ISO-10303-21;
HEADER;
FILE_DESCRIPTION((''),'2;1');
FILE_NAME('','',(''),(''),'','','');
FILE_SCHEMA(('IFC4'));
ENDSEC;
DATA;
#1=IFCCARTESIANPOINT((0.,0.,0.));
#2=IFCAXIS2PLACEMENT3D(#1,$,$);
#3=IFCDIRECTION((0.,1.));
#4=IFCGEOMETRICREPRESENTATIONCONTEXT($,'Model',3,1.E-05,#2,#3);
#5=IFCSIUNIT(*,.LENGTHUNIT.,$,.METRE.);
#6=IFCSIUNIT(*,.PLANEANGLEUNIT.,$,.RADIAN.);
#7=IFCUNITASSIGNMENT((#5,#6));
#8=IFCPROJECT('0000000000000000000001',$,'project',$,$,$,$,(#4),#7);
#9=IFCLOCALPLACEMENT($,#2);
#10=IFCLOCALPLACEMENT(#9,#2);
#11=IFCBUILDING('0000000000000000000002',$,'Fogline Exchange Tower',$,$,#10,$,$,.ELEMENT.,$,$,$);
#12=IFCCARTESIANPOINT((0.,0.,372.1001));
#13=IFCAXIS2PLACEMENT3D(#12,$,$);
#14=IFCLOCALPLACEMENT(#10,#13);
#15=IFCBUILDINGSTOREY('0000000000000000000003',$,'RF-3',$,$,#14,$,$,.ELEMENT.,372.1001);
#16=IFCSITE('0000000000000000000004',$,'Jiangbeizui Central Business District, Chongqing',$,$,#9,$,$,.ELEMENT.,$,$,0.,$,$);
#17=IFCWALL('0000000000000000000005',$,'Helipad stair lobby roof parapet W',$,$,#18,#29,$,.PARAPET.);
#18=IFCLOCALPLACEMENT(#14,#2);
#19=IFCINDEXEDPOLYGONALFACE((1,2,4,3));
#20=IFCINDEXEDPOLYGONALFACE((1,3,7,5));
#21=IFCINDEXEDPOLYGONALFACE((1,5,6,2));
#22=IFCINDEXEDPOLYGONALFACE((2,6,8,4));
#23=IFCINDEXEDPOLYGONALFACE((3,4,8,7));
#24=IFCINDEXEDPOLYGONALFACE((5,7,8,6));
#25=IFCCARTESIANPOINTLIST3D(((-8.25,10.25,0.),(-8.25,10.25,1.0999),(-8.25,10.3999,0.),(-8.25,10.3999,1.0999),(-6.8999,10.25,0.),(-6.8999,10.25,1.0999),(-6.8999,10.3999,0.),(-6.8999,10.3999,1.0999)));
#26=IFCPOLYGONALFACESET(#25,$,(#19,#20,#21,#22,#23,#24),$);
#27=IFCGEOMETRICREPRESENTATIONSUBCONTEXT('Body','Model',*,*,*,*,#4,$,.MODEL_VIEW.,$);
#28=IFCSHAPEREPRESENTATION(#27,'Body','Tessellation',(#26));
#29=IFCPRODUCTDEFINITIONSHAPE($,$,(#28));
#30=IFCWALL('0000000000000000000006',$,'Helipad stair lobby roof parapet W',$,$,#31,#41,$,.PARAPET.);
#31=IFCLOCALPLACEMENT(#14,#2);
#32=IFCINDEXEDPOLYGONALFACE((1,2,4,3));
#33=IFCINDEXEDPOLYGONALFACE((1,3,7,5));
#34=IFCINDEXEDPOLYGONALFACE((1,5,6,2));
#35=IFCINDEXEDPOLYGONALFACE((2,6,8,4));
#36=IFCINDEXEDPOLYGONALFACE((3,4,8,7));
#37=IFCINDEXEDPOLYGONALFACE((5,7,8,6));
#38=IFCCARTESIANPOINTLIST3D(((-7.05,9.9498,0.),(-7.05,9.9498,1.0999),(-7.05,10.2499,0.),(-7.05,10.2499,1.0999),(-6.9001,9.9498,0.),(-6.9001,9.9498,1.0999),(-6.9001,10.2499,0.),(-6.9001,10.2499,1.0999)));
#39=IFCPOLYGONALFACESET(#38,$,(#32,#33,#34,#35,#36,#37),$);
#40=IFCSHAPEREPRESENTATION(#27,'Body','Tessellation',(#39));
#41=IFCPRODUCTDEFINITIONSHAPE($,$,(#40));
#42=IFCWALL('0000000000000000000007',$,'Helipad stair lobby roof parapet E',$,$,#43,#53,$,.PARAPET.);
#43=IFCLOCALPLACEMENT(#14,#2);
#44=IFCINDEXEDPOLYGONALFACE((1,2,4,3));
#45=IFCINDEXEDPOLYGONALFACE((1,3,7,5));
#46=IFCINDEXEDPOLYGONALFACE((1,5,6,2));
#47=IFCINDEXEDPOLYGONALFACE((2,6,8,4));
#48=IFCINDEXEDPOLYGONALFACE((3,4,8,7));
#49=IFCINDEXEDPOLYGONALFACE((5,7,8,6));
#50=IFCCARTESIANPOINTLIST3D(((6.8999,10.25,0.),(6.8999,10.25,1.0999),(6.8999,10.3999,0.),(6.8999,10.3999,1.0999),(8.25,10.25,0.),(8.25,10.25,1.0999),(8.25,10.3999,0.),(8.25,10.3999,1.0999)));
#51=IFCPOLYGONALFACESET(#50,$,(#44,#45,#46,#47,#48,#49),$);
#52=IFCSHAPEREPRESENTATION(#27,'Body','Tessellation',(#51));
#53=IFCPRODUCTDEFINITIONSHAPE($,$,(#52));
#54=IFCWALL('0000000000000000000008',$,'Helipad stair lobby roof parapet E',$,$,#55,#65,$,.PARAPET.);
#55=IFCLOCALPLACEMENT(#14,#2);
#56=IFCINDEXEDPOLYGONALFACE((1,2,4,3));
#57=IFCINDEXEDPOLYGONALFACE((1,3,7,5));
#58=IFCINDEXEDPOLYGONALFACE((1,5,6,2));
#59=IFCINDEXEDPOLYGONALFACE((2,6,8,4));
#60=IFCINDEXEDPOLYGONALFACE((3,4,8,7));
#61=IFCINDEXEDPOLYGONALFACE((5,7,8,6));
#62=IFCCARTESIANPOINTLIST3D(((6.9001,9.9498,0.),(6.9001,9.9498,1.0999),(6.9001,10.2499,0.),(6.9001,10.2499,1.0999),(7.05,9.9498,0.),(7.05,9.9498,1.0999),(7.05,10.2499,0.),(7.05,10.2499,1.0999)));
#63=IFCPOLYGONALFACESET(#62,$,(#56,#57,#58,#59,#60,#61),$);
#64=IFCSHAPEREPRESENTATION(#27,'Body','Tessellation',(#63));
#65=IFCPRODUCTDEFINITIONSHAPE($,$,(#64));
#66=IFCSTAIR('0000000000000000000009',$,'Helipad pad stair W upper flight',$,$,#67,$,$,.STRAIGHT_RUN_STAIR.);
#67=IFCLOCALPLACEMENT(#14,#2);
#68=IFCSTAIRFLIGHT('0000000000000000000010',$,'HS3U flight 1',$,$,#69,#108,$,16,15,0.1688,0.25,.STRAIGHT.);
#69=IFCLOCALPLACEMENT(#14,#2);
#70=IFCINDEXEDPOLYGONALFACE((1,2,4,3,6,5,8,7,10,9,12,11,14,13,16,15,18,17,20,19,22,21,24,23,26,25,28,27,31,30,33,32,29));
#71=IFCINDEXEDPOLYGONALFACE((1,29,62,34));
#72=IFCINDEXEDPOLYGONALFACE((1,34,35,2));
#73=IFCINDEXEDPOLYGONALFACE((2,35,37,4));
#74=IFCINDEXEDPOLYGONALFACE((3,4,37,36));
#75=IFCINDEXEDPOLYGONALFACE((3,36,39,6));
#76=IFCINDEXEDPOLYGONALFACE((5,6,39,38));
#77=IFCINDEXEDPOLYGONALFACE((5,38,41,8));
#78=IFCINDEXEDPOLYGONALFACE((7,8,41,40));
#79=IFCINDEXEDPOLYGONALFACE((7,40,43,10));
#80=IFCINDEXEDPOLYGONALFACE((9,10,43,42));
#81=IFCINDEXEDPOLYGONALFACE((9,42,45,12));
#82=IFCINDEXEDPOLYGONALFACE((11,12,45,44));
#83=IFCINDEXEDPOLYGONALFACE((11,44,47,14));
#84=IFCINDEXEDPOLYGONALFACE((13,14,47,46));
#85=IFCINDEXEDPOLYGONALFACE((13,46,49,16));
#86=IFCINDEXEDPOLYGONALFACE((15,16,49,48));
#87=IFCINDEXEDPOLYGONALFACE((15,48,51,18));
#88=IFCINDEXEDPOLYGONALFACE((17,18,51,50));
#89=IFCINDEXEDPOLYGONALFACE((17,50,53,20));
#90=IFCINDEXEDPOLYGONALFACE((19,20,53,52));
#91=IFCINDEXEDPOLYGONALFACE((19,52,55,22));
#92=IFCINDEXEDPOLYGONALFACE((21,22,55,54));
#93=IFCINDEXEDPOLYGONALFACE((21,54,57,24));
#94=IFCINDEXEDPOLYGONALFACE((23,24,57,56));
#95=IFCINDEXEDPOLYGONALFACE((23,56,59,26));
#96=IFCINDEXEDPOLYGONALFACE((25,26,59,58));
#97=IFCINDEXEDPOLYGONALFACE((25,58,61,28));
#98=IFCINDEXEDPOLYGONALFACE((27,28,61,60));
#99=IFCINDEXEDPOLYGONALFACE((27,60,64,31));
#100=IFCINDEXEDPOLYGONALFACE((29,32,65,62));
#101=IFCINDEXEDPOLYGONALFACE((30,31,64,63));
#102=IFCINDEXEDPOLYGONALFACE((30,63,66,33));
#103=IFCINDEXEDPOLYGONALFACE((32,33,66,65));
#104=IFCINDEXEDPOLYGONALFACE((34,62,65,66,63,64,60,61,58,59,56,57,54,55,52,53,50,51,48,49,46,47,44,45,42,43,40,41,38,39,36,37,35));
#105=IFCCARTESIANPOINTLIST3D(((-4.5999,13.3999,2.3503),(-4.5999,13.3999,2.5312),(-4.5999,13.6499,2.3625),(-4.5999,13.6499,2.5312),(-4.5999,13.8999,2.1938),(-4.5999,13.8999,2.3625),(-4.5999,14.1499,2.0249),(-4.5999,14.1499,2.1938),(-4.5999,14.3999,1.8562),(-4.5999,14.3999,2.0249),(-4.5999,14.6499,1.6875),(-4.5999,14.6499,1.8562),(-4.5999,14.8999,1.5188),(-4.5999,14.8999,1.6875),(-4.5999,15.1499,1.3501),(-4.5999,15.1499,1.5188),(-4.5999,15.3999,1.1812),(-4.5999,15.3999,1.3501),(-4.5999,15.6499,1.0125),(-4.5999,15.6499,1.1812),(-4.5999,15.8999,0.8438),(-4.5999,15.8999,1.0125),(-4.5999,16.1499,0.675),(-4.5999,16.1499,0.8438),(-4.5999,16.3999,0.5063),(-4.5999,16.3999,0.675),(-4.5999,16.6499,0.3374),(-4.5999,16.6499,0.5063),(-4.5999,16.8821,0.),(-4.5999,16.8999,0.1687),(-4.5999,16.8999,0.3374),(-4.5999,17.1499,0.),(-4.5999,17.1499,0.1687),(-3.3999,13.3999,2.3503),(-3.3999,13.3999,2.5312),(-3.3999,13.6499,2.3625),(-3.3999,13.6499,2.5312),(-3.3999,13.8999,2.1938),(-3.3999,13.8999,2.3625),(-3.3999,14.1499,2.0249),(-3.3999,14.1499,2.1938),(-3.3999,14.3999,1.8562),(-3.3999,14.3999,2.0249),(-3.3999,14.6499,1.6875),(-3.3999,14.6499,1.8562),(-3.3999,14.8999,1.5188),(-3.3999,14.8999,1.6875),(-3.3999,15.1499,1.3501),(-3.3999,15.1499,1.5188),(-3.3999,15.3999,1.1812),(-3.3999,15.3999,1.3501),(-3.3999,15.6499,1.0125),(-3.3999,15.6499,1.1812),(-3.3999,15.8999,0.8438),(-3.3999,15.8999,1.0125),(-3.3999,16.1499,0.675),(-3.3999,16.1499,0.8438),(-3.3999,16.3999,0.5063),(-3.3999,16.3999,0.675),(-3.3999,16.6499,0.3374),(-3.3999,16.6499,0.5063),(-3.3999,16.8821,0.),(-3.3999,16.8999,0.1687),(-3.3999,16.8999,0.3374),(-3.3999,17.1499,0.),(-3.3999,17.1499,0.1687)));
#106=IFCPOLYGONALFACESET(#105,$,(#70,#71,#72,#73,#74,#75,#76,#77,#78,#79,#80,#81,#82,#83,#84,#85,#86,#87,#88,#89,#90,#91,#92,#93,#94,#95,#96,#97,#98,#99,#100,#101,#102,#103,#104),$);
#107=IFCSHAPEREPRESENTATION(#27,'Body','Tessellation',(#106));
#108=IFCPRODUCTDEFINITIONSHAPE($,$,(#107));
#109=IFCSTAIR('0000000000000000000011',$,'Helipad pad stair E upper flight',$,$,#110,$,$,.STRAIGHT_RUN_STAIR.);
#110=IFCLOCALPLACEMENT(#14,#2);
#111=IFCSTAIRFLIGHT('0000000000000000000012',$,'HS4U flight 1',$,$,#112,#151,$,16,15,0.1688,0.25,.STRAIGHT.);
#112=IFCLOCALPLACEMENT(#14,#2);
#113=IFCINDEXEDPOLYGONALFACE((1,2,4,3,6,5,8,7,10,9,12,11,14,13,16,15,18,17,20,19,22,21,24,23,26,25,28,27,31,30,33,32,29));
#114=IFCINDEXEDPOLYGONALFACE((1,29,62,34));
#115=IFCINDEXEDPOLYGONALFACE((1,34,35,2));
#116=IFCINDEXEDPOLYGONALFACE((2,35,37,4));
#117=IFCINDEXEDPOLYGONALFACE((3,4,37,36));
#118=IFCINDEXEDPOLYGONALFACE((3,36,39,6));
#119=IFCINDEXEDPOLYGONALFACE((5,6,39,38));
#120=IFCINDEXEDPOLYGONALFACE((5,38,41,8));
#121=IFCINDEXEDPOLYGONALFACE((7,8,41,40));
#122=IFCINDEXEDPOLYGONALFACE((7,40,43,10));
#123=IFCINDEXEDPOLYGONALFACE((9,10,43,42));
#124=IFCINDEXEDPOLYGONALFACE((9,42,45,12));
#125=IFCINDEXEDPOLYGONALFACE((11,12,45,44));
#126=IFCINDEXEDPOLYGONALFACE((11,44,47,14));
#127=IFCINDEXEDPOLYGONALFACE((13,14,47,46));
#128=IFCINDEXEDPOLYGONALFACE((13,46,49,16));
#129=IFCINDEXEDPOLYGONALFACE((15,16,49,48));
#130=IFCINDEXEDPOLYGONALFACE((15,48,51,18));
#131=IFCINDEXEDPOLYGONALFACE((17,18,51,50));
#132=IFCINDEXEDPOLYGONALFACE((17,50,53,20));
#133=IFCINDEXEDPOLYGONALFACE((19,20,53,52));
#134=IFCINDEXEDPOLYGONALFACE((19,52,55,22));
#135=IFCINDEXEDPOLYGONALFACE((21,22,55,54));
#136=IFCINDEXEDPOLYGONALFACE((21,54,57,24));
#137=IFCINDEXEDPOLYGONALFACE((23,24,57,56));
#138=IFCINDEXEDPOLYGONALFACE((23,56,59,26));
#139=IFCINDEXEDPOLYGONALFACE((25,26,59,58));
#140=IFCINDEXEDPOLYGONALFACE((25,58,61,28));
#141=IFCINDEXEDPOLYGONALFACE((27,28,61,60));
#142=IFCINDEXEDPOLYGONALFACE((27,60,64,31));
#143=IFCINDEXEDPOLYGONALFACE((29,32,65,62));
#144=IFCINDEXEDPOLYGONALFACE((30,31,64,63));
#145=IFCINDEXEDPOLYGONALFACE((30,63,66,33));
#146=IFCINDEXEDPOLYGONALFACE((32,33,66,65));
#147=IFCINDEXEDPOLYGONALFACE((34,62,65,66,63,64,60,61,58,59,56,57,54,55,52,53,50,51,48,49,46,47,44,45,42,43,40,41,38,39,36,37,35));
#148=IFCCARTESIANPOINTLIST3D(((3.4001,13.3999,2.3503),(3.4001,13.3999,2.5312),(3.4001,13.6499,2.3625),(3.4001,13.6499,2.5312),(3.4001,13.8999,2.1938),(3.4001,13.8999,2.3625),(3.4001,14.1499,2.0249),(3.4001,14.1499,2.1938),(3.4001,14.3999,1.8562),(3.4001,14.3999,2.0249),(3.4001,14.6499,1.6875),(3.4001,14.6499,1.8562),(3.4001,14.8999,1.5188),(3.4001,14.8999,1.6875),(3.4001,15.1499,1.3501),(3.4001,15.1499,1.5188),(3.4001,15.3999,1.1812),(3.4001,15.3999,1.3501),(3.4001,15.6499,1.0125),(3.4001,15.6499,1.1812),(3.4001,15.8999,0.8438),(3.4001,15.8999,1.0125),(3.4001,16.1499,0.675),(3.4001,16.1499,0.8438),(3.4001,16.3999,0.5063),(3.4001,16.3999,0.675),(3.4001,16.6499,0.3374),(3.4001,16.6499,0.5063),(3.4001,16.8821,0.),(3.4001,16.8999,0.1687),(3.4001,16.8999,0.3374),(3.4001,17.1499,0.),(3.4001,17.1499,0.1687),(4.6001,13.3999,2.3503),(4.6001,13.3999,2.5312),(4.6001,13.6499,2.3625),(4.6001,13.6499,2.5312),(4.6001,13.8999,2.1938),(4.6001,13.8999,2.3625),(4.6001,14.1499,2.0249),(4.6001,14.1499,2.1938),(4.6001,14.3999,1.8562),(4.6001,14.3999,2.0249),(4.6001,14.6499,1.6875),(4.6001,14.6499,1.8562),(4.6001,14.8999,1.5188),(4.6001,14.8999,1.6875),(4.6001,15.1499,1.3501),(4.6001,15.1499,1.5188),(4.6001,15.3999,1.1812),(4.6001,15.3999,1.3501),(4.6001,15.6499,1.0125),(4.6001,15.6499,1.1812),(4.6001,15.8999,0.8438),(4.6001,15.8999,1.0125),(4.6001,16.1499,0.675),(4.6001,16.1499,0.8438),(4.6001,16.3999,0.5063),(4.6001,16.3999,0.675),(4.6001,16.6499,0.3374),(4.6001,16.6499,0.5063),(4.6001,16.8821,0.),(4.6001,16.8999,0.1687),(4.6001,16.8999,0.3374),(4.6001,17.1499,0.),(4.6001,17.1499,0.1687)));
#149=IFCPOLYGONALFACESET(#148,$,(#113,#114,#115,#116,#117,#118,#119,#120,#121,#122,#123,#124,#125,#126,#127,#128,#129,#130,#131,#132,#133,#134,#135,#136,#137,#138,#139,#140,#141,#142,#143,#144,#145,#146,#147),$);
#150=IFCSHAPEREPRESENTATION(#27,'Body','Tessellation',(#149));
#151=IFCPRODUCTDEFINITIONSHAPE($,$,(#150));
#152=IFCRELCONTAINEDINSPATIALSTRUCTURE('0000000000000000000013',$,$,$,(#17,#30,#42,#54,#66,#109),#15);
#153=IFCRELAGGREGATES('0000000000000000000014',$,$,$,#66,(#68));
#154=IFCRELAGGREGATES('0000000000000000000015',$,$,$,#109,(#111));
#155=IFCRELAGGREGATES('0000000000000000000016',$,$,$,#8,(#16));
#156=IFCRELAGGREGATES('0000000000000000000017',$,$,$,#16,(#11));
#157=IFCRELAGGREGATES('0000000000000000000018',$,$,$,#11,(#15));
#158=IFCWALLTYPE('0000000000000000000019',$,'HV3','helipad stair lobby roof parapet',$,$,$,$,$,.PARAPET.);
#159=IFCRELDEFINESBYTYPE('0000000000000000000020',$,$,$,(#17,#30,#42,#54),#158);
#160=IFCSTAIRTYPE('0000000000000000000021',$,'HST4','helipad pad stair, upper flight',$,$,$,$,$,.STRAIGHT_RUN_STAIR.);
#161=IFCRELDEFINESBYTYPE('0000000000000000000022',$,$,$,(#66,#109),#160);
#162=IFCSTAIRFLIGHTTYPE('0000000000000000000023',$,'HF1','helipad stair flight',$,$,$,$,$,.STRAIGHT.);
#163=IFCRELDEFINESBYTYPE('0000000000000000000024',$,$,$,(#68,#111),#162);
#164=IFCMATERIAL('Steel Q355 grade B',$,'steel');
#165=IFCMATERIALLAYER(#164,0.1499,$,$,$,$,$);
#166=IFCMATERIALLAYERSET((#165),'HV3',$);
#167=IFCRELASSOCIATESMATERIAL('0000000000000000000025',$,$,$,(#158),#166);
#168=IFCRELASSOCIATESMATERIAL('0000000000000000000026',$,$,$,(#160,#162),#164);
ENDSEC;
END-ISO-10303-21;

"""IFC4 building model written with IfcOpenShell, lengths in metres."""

from ifc_helpers import new_model, si_unit, direction, frame, frame_2d, origin, place, context, subcontext, project, spatial, polyline, rectangle, outline, extrude, material, layer, layer_set, type_object, element, aggregate, save


model = new_model("IFC4")

# Units and contexts
model_context = context("Model", 3, precision=1e-05, world=origin(), true_north=direction((0.0, 1.0)))
body_context = subcontext(model_context, "Body", "Model", "MODEL_VIEW")
ifc_project = project(units=[si_unit("LENGTHUNIT", "METRE"), si_unit("PLANEANGLEUNIT", "RADIAN")], contexts=[model_context])

# Site, building, storey
site_placement = place(None, origin())
site = spatial("IfcSite", under=ifc_project, at=site_placement, Name="Jiangbeizui Central Business District, Chongqing", CompositionType="ELEMENT", RefElevation=0.0)
building_placement = place(site_placement, origin())
building = spatial("IfcBuilding", under=site, at=building_placement, Name="Fogline Exchange Tower", CompositionType="ELEMENT")
storey_placement = place(building_placement, frame((0.0, 0.0, 372.1001)))
storey = spatial("IfcBuildingStorey", under=building, at=storey_placement, Name="RF-3", CompositionType="ELEMENT", Elevation=372.1001)

# Shared definitions
ifc_material_1 = material(Name="Steel Q355 grade B", Category="steel")

# Walls
ifc_layer_1 = layer(ifc_material_1, 0.1499)
ifc_layer_set_1 = layer_set([ifc_layer_1], Name="HV3")
wall_type_1 = type_object("IfcWallType", Name="HV3", Description="helipad stair lobby roof parapet", PredefinedType="PARAPET", material=ifc_layer_set_1)
wall_1_placement = place(storey_placement, frame((-8.25, 10.325, 0.0), z_axis=(0.0, 0.0, 1.0), x_axis=(1.0, 0.0, 0.0)))
element("IfcWall", 1, at=wall_1_placement, inside=storey, type_object=wall_type_1, Name="Helipad stair lobby roof parapet W", PredefinedType="PARAPET", context=body_context, shape_type="SweptSolid", body=[
    extrude(rectangle(XDim=1.3501, YDim=0.1499, at=frame_2d((0.675, 0.0))), origin(), (0.0, 0.0, 1.0), 1.0999),
])
wall_2_placement = place(storey_placement, frame((-6.9751, 9.95, 0.0), z_axis=(0.0, 0.0, 1.0), x_axis=(0.0, 1.0, 0.0)))
element("IfcWall", 2, at=wall_2_placement, inside=storey, type_object=wall_type_1, Name="Helipad stair lobby roof parapet W", PredefinedType="PARAPET", context=body_context, shape_type="SweptSolid", body=[
    extrude(rectangle(XDim=0.3, YDim=0.1499, at=frame_2d((0.1499, 0.0))), origin(), (0.0, 0.0, 1.0), 1.0999),
])
wall_3_placement = place(storey_placement, frame((8.25, 10.325, 0.0), z_axis=(0.0, 0.0, 1.0), x_axis=(-1.0, 0.0, 0.0)))
element("IfcWall", 3, at=wall_3_placement, inside=storey, type_object=wall_type_1, Name="Helipad stair lobby roof parapet E", PredefinedType="PARAPET", context=body_context, shape_type="SweptSolid", body=[
    extrude(rectangle(XDim=1.3501, YDim=0.1499, at=frame_2d((0.675, 0.0))), origin(), (0.0, 0.0, 1.0), 1.0999),
])
wall_4_placement = place(storey_placement, frame((6.9751, 9.95, 0.0), z_axis=(0.0, 0.0, 1.0), x_axis=(0.0, 1.0, 0.0)))
element("IfcWall", 4, at=wall_4_placement, inside=storey, type_object=wall_type_1, Name="Helipad stair lobby roof parapet E", PredefinedType="PARAPET", context=body_context, shape_type="SweptSolid", body=[
    extrude(rectangle(XDim=0.3, YDim=0.1499, at=frame_2d((0.1499, 0.0))), origin(), (0.0, 0.0, 1.0), 1.0999),
])

# Stairs, stair flights
stair_type = type_object("IfcStairType", Name="HST4", Description="helipad pad stair, upper flight", PredefinedType="STRAIGHT_RUN_STAIR", material=ifc_material_1)
stair_1_placement = place(storey_placement, origin())
stair_1 = element("IfcStair", 5, at=stair_1_placement, inside=storey, type_object=stair_type, Name="Helipad pad stair W upper flight", PredefinedType="STRAIGHT_RUN_STAIR")
stair_flight_type = type_object("IfcStairFlightType", Name="HF1", Description="helipad stair flight", PredefinedType="STRAIGHT", material=ifc_material_1)
stair_flight_1_placement = place(storey_placement, frame((-4.0, 17.1499, 0.0), z_axis=(0.0, 0.0, 1.0), x_axis=(0.0, -1.0, 0.0)))
stair_flight_1 = element("IfcStairFlight", 6, at=stair_flight_1_placement, type_object=stair_flight_type, Name="HS3U flight 1", NumberOfRisers=16, NumberOfTreads=15, PredefinedType="STRAIGHT", RiserHeight=0.1688, TreadLength=0.25, context=body_context, shape_type="SweptSolid", body=[
    extrude(outline(polyline([(0.0, 0.0), (0.0, 0.1687), (0.25, 0.1687), (0.25, 0.3374), (0.5, 0.3374), (0.5, 0.5063), (0.75, 0.5063), (0.75, 0.675), (1.0, 0.675), (1.0, 0.8438), (1.25, 0.8438), (1.25, 1.0125), (1.5, 1.0125), (1.5, 1.1812), (1.75, 1.1812), (1.75, 1.3501), (2.0, 1.3501), (2.0, 1.5188), (2.25, 1.5188), (2.25, 1.6875), (2.5, 1.6875), (2.5, 1.8562), (2.75, 1.8562), (2.75, 2.0249), (3.0, 2.0249), (3.0, 2.1938), (3.25, 2.1938), (3.25, 2.3625), (3.5, 2.3625), (3.5, 2.5312), (3.75, 2.5312), (3.75, 2.7), (3.75, 2.3503), (0.2678, 0.0), (0.0, 0.0)])), frame((0.0, 0.6001, 0.0), z_axis=(0.0, -1.0, 0.0), x_axis=(1.0, 0.0, 0.0)), (0.0, 0.0, 1.0), 1.2),
])
aggregate(stair_1, [stair_flight_1])
stair_2_placement = place(storey_placement, origin())
stair_2 = element("IfcStair", 7, at=stair_2_placement, inside=storey, type_object=stair_type, Name="Helipad pad stair E upper flight", PredefinedType="STRAIGHT_RUN_STAIR")
stair_flight_2_placement = place(storey_placement, frame((4.0, 17.1499, 0.0), z_axis=(0.0, 0.0, 1.0), x_axis=(0.0, -1.0, 0.0)))
stair_flight_2 = element("IfcStairFlight", 8, at=stair_flight_2_placement, type_object=stair_flight_type, Name="HS4U flight 1", NumberOfRisers=16, NumberOfTreads=15, PredefinedType="STRAIGHT", RiserHeight=0.1688, TreadLength=0.25, context=body_context, shape_type="SweptSolid", body=[
    extrude(outline(polyline([(0.0, 0.0), (0.0, 0.1687), (0.25, 0.1687), (0.25, 0.3374), (0.5, 0.3374), (0.5, 0.5063), (0.75, 0.5063), (0.75, 0.675), (1.0, 0.675), (1.0, 0.8438), (1.25, 0.8438), (1.25, 1.0125), (1.5, 1.0125), (1.5, 1.1812), (1.75, 1.1812), (1.75, 1.3501), (2.0, 1.3501), (2.0, 1.5188), (2.25, 1.5188), (2.25, 1.6875), (2.5, 1.6875), (2.5, 1.8562), (2.75, 1.8562), (2.75, 2.0249), (3.0, 2.0249), (3.0, 2.1938), (3.25, 2.1938), (3.25, 2.3625), (3.5, 2.3625), (3.5, 2.5312), (3.75, 2.5312), (3.75, 2.7), (3.75, 2.3503), (0.2678, 0.0), (0.0, 0.0)])), frame((0.0, 0.6001, 0.0), z_axis=(0.0, -1.0, 0.0), x_axis=(1.0, 0.0, 0.0)), (0.0, 0.0, 1.0), 1.2),
])
aggregate(stair_2, [stair_flight_2])

save(model, "model.ifc")
